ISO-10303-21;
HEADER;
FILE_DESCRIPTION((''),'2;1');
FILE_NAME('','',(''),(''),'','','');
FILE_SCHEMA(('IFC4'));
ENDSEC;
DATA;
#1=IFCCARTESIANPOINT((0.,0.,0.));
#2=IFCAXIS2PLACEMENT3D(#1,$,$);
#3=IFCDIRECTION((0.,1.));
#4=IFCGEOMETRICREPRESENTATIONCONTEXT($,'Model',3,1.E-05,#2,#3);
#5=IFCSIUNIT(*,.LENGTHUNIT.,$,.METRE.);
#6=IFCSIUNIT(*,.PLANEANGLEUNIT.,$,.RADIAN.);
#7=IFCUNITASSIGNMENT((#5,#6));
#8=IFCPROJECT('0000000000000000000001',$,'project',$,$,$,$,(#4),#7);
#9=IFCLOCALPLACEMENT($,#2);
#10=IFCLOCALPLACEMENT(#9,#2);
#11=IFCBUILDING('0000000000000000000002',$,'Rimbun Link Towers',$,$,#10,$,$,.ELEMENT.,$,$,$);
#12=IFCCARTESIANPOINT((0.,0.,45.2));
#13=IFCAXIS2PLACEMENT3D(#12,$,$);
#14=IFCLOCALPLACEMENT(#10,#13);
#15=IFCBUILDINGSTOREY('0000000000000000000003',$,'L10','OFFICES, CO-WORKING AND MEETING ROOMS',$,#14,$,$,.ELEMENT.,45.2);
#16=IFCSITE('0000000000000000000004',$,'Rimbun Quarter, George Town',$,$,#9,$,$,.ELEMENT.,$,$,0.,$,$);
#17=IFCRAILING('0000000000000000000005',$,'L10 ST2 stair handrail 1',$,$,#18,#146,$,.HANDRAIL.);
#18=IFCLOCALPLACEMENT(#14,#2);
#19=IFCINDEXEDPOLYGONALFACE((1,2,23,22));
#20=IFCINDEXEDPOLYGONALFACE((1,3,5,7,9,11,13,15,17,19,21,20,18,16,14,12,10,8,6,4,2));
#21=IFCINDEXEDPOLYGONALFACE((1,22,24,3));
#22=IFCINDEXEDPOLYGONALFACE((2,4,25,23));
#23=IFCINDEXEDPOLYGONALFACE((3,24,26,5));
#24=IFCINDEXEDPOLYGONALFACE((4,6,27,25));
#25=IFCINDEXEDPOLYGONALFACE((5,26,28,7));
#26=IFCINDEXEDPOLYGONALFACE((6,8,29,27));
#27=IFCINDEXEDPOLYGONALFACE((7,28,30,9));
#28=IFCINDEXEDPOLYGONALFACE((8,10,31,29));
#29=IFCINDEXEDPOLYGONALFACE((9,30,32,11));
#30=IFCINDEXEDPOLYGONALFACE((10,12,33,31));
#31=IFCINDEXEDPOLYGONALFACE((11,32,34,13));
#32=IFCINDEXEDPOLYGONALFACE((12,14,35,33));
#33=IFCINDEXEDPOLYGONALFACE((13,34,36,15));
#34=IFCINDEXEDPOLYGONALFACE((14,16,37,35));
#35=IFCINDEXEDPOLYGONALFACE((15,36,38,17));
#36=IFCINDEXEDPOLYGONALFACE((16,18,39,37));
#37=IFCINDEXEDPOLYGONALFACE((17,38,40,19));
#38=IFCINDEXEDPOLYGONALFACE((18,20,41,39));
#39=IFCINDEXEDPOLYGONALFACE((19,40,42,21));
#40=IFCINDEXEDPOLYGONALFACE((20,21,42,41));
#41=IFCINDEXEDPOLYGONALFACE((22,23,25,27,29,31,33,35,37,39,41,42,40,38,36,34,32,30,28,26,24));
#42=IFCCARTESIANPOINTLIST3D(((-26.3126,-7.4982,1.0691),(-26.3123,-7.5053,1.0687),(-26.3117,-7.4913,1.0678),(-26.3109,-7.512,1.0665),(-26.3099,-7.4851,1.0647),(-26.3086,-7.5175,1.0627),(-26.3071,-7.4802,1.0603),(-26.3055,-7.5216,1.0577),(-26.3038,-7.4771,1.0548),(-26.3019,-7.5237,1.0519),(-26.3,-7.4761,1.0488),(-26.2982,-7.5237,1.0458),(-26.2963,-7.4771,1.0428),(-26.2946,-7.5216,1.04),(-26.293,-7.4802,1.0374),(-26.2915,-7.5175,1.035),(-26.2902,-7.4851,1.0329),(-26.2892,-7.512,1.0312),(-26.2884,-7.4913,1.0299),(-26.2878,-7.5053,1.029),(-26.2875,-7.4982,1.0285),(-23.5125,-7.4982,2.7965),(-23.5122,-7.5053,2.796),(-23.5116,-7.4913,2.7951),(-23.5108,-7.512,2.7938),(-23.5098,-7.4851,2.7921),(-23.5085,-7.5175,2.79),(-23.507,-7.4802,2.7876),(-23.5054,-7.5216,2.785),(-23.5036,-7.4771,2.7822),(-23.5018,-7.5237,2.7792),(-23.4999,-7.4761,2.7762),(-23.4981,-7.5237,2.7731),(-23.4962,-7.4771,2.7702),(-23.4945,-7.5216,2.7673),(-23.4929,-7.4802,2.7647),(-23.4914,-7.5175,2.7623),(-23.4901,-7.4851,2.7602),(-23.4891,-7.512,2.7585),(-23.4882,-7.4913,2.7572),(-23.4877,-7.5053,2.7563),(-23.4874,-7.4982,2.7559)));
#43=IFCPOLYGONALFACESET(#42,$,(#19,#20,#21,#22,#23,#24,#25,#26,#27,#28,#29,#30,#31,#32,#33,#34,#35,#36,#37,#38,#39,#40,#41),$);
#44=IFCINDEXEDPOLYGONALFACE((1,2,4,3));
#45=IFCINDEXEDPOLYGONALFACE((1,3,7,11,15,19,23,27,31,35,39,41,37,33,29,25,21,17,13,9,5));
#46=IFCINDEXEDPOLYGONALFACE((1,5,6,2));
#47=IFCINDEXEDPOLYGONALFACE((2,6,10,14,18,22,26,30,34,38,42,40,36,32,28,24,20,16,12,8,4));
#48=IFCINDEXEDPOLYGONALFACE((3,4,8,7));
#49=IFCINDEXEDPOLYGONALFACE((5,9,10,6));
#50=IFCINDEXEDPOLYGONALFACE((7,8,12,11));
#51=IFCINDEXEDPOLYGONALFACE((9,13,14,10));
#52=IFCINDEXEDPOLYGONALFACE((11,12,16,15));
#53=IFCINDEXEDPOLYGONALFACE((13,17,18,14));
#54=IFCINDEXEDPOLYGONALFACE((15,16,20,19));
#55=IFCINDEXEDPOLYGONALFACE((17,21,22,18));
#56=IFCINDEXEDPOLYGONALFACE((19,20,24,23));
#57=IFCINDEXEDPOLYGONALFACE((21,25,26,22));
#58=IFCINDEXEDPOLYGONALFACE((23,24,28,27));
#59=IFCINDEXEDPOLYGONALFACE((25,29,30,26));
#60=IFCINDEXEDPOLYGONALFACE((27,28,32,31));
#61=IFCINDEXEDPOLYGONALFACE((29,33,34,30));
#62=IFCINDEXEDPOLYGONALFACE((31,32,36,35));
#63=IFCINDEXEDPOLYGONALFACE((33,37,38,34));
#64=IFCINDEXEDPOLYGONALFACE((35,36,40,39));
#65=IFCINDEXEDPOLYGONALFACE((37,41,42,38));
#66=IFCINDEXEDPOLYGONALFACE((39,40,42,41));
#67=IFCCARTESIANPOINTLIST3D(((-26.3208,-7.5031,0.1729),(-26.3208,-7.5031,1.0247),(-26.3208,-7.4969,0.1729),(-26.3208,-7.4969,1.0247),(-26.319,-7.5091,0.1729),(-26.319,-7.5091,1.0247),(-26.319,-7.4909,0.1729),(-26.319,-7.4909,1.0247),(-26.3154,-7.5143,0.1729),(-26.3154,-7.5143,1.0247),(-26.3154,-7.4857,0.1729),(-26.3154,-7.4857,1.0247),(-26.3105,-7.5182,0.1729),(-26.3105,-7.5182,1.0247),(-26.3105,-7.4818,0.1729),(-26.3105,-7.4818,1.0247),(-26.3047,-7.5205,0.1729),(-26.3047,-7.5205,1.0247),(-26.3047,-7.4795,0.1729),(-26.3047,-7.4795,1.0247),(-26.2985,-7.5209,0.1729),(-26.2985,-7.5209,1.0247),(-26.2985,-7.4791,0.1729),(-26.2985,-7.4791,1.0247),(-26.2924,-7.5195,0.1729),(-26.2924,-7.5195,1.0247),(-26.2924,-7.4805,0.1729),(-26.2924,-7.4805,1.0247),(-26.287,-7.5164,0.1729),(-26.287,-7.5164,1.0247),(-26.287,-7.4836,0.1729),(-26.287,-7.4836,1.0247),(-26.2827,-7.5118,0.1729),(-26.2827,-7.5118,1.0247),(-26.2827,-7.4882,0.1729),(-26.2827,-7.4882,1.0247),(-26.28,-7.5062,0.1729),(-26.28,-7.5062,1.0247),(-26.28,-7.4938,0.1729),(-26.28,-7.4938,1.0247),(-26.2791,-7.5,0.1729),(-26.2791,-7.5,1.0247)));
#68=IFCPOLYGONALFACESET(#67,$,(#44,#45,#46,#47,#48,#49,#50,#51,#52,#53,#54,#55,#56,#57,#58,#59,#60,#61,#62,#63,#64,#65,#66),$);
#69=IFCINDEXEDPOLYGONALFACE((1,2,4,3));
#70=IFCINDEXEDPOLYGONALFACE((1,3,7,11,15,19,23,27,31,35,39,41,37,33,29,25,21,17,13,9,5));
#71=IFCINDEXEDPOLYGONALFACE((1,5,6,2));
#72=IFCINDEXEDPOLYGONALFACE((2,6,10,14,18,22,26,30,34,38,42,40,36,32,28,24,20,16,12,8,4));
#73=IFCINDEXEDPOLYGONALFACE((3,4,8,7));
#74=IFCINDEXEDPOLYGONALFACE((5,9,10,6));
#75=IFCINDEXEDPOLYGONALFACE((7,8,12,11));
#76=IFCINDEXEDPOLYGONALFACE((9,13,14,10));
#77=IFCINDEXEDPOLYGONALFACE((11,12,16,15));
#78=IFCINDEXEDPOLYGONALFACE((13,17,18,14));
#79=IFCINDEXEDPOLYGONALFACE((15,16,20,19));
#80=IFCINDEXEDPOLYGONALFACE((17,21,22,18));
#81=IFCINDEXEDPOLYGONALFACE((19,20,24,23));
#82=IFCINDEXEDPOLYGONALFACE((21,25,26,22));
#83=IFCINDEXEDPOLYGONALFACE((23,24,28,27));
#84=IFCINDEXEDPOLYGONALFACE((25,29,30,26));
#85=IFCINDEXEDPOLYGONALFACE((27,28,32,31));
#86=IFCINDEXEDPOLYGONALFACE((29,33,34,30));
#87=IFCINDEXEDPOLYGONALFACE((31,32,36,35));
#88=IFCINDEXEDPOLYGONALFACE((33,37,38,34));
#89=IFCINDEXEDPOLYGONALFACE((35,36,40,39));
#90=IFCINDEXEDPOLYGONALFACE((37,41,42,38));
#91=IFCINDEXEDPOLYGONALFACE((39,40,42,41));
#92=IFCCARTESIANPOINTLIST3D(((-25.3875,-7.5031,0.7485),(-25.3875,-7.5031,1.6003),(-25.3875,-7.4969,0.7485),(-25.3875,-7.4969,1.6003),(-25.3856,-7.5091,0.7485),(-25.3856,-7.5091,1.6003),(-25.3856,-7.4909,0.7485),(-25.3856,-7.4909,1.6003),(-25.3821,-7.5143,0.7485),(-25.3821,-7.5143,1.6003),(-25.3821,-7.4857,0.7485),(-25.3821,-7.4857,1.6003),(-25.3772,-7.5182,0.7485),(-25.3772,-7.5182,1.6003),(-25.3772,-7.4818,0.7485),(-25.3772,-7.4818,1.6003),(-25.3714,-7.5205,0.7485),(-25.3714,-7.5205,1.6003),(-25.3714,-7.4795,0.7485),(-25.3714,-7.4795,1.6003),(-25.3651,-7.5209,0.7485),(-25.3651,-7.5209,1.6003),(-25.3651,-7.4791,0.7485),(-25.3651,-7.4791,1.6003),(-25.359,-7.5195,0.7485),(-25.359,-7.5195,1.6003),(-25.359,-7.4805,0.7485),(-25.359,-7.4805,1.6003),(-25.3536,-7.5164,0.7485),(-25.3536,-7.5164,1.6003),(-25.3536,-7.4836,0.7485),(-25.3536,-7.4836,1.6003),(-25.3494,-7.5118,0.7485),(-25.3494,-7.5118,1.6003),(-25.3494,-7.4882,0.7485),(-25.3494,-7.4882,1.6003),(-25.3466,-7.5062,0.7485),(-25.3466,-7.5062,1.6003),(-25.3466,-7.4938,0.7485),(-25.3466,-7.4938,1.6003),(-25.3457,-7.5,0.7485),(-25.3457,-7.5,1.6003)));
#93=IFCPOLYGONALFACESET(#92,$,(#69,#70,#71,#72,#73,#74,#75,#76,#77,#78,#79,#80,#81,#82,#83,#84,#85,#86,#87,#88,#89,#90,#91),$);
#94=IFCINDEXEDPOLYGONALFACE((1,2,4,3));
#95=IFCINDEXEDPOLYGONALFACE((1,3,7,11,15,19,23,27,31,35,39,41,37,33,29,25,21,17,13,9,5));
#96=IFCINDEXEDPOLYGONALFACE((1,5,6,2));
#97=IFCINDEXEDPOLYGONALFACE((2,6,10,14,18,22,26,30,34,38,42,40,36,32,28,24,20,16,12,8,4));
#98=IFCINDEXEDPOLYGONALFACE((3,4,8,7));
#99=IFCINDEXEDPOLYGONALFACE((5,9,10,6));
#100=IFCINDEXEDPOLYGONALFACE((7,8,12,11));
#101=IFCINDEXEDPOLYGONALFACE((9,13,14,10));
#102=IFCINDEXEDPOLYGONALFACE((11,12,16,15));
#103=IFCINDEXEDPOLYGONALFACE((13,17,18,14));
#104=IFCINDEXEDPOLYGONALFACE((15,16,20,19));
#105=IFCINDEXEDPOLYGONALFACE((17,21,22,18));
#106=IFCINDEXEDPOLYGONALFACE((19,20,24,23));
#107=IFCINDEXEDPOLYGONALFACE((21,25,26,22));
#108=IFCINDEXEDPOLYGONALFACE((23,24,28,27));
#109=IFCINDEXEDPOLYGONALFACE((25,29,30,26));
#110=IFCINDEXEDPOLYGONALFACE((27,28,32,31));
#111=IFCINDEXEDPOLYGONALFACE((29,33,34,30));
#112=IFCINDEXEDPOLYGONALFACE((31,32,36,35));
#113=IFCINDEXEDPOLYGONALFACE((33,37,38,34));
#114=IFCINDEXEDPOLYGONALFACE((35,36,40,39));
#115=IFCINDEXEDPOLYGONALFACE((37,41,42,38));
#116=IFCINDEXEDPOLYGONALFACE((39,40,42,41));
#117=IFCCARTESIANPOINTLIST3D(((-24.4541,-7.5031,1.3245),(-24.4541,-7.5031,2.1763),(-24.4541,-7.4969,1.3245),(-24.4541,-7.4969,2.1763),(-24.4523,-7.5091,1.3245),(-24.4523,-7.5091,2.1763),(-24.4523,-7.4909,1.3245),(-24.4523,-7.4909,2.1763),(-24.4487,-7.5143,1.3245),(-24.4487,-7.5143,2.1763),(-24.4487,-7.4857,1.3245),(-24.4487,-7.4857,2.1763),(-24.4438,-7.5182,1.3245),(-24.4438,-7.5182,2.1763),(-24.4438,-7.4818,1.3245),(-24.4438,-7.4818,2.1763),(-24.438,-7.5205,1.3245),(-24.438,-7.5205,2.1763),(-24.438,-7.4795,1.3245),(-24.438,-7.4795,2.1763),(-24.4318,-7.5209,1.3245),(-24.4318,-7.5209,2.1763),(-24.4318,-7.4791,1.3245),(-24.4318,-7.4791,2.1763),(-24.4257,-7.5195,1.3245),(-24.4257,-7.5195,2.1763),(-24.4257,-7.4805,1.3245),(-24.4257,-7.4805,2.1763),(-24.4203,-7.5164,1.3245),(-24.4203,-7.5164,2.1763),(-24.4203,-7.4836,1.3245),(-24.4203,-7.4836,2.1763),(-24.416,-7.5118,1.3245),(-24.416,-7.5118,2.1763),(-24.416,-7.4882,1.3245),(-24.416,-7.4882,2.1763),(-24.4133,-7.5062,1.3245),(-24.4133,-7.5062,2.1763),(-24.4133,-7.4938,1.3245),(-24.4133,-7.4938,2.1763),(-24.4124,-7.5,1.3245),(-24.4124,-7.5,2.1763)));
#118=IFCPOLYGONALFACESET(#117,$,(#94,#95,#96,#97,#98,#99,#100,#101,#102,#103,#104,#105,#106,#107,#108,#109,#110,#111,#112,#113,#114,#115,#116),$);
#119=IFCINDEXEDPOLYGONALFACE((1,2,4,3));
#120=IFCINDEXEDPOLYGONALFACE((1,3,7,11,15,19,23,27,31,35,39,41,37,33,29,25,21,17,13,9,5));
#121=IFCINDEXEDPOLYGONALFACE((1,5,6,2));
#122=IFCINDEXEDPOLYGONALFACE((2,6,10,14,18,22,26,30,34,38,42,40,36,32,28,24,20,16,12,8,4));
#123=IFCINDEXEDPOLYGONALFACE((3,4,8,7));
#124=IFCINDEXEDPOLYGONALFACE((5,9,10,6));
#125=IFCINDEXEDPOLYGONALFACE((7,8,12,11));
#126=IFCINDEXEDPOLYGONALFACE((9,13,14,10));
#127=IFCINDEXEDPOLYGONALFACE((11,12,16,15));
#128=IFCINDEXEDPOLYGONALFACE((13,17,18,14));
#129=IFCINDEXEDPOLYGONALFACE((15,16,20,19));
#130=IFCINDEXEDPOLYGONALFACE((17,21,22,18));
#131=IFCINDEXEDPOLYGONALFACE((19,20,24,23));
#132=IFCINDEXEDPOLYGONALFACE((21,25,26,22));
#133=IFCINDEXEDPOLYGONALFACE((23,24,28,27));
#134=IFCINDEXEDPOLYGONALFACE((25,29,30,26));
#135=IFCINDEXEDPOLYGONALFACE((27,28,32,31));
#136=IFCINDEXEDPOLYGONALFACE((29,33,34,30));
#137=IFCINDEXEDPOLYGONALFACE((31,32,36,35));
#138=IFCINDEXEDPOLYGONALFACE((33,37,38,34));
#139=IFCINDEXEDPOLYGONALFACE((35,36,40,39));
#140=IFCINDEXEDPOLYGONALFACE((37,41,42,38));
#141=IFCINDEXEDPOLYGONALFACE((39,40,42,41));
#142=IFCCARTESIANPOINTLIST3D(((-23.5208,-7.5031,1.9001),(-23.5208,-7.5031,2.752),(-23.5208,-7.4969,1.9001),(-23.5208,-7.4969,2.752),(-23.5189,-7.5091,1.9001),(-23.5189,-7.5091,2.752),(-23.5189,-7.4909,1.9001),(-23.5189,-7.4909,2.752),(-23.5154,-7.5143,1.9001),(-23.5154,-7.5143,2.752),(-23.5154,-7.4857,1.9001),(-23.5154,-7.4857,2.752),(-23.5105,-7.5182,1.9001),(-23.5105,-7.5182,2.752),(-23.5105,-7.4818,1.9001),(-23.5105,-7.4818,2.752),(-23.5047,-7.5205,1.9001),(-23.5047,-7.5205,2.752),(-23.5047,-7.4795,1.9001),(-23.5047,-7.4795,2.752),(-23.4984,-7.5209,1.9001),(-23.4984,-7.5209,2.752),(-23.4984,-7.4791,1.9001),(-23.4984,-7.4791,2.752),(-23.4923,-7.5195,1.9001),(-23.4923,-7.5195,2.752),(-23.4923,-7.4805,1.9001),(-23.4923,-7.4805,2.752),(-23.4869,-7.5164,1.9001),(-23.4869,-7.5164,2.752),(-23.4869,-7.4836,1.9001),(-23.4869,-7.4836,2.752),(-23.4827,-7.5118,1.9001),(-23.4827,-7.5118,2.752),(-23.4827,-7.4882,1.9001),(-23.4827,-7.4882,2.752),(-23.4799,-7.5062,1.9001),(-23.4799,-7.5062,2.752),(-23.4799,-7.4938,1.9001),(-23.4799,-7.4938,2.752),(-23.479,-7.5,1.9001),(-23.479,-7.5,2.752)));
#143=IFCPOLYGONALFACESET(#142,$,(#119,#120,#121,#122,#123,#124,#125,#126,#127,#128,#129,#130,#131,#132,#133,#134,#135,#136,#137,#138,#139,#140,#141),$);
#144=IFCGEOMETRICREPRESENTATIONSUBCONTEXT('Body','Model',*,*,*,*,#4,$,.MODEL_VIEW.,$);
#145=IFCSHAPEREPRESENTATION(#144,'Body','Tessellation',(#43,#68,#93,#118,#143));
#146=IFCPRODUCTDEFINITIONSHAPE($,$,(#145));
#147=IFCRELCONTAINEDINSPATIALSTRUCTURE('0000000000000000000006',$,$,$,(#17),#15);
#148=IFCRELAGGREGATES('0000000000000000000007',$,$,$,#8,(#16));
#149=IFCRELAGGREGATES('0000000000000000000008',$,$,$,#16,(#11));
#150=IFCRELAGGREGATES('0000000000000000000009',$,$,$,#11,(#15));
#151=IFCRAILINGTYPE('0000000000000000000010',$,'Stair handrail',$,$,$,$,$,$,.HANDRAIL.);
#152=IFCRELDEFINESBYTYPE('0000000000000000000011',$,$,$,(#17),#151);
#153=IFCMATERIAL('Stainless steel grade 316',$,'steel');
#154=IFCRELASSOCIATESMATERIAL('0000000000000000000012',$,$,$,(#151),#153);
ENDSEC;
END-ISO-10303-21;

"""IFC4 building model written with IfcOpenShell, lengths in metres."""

from ifc_helpers import new_model, si_unit, direction, frame, origin, origin_2d, place, context, subcontext, project, spatial, circle, extrude, material, type_object, element, save


model = new_model("IFC4")

# Units and contexts
model_context = context("Model", 3, precision=1e-05, world=origin(), true_north=direction((0.0, 1.0)))
body_context = subcontext(model_context, "Body", "Model", "MODEL_VIEW")
ifc_project = project(units=[si_unit("LENGTHUNIT", "METRE"), si_unit("PLANEANGLEUNIT", "RADIAN")], contexts=[model_context])

# Site, building, storey
site_placement = place(None, origin())
site = spatial("IfcSite", under=ifc_project, at=site_placement, Name="Rimbun Quarter, George Town", CompositionType="ELEMENT", RefElevation=0.0)
building_placement = place(site_placement, origin())
building = spatial("IfcBuilding", under=site, at=building_placement, Name="Rimbun Link Towers", CompositionType="ELEMENT")
storey_placement = place(building_placement, frame((0.0, 0.0, 45.2)))
storey = spatial("IfcBuildingStorey", under=building, at=storey_placement, Name="L10", Description="OFFICES, CO-WORKING AND MEETING ROOMS", CompositionType="ELEMENT", Elevation=45.2)

# Railing
ifc_material_1 = material(Name="Stainless steel grade 316", Category="steel")
railing_type_1 = type_object("IfcRailingType", Name="Stair handrail", PredefinedType="HANDRAIL", material=ifc_material_1)
railing_1_placement = place(storey_placement, frame((-26.3, -7.5, 0.1729)))
element("IfcRailing", 1, at=railing_1_placement, inside=storey, type_object=railing_type_1, Name="L10 ST2 stair handrail 1", PredefinedType="HANDRAIL", context=body_context, shape_type="SweptSolid", body=[
    extrude(circle(Radius=0.0239, at=origin_2d()), frame((0.0, 0.0, 0.876), z_axis=(0.85109, 0.0, 0.52502), x_axis=(0.0, 1.0, 0.0)), (0.0, 0.0, 1.0), 3.29),
    extrude(circle(Radius=0.021, at=origin_2d()), origin(), (0.0, 0.0, 1.0), 0.8518),
    extrude(circle(Radius=0.021, at=origin_2d()), frame((0.9333, 0.0, 0.5757)), (0.0, 0.0, 1.0), 0.8518),
    extrude(circle(Radius=0.021, at=origin_2d()), frame((1.8667, 0.0, 1.1516)), (0.0, 0.0, 1.0), 0.8518),
    extrude(circle(Radius=0.021, at=origin_2d()), frame((2.8, 0.0, 1.7273)), (0.0, 0.0, 1.0), 0.8518),
])

save(model, "model.ifc")
